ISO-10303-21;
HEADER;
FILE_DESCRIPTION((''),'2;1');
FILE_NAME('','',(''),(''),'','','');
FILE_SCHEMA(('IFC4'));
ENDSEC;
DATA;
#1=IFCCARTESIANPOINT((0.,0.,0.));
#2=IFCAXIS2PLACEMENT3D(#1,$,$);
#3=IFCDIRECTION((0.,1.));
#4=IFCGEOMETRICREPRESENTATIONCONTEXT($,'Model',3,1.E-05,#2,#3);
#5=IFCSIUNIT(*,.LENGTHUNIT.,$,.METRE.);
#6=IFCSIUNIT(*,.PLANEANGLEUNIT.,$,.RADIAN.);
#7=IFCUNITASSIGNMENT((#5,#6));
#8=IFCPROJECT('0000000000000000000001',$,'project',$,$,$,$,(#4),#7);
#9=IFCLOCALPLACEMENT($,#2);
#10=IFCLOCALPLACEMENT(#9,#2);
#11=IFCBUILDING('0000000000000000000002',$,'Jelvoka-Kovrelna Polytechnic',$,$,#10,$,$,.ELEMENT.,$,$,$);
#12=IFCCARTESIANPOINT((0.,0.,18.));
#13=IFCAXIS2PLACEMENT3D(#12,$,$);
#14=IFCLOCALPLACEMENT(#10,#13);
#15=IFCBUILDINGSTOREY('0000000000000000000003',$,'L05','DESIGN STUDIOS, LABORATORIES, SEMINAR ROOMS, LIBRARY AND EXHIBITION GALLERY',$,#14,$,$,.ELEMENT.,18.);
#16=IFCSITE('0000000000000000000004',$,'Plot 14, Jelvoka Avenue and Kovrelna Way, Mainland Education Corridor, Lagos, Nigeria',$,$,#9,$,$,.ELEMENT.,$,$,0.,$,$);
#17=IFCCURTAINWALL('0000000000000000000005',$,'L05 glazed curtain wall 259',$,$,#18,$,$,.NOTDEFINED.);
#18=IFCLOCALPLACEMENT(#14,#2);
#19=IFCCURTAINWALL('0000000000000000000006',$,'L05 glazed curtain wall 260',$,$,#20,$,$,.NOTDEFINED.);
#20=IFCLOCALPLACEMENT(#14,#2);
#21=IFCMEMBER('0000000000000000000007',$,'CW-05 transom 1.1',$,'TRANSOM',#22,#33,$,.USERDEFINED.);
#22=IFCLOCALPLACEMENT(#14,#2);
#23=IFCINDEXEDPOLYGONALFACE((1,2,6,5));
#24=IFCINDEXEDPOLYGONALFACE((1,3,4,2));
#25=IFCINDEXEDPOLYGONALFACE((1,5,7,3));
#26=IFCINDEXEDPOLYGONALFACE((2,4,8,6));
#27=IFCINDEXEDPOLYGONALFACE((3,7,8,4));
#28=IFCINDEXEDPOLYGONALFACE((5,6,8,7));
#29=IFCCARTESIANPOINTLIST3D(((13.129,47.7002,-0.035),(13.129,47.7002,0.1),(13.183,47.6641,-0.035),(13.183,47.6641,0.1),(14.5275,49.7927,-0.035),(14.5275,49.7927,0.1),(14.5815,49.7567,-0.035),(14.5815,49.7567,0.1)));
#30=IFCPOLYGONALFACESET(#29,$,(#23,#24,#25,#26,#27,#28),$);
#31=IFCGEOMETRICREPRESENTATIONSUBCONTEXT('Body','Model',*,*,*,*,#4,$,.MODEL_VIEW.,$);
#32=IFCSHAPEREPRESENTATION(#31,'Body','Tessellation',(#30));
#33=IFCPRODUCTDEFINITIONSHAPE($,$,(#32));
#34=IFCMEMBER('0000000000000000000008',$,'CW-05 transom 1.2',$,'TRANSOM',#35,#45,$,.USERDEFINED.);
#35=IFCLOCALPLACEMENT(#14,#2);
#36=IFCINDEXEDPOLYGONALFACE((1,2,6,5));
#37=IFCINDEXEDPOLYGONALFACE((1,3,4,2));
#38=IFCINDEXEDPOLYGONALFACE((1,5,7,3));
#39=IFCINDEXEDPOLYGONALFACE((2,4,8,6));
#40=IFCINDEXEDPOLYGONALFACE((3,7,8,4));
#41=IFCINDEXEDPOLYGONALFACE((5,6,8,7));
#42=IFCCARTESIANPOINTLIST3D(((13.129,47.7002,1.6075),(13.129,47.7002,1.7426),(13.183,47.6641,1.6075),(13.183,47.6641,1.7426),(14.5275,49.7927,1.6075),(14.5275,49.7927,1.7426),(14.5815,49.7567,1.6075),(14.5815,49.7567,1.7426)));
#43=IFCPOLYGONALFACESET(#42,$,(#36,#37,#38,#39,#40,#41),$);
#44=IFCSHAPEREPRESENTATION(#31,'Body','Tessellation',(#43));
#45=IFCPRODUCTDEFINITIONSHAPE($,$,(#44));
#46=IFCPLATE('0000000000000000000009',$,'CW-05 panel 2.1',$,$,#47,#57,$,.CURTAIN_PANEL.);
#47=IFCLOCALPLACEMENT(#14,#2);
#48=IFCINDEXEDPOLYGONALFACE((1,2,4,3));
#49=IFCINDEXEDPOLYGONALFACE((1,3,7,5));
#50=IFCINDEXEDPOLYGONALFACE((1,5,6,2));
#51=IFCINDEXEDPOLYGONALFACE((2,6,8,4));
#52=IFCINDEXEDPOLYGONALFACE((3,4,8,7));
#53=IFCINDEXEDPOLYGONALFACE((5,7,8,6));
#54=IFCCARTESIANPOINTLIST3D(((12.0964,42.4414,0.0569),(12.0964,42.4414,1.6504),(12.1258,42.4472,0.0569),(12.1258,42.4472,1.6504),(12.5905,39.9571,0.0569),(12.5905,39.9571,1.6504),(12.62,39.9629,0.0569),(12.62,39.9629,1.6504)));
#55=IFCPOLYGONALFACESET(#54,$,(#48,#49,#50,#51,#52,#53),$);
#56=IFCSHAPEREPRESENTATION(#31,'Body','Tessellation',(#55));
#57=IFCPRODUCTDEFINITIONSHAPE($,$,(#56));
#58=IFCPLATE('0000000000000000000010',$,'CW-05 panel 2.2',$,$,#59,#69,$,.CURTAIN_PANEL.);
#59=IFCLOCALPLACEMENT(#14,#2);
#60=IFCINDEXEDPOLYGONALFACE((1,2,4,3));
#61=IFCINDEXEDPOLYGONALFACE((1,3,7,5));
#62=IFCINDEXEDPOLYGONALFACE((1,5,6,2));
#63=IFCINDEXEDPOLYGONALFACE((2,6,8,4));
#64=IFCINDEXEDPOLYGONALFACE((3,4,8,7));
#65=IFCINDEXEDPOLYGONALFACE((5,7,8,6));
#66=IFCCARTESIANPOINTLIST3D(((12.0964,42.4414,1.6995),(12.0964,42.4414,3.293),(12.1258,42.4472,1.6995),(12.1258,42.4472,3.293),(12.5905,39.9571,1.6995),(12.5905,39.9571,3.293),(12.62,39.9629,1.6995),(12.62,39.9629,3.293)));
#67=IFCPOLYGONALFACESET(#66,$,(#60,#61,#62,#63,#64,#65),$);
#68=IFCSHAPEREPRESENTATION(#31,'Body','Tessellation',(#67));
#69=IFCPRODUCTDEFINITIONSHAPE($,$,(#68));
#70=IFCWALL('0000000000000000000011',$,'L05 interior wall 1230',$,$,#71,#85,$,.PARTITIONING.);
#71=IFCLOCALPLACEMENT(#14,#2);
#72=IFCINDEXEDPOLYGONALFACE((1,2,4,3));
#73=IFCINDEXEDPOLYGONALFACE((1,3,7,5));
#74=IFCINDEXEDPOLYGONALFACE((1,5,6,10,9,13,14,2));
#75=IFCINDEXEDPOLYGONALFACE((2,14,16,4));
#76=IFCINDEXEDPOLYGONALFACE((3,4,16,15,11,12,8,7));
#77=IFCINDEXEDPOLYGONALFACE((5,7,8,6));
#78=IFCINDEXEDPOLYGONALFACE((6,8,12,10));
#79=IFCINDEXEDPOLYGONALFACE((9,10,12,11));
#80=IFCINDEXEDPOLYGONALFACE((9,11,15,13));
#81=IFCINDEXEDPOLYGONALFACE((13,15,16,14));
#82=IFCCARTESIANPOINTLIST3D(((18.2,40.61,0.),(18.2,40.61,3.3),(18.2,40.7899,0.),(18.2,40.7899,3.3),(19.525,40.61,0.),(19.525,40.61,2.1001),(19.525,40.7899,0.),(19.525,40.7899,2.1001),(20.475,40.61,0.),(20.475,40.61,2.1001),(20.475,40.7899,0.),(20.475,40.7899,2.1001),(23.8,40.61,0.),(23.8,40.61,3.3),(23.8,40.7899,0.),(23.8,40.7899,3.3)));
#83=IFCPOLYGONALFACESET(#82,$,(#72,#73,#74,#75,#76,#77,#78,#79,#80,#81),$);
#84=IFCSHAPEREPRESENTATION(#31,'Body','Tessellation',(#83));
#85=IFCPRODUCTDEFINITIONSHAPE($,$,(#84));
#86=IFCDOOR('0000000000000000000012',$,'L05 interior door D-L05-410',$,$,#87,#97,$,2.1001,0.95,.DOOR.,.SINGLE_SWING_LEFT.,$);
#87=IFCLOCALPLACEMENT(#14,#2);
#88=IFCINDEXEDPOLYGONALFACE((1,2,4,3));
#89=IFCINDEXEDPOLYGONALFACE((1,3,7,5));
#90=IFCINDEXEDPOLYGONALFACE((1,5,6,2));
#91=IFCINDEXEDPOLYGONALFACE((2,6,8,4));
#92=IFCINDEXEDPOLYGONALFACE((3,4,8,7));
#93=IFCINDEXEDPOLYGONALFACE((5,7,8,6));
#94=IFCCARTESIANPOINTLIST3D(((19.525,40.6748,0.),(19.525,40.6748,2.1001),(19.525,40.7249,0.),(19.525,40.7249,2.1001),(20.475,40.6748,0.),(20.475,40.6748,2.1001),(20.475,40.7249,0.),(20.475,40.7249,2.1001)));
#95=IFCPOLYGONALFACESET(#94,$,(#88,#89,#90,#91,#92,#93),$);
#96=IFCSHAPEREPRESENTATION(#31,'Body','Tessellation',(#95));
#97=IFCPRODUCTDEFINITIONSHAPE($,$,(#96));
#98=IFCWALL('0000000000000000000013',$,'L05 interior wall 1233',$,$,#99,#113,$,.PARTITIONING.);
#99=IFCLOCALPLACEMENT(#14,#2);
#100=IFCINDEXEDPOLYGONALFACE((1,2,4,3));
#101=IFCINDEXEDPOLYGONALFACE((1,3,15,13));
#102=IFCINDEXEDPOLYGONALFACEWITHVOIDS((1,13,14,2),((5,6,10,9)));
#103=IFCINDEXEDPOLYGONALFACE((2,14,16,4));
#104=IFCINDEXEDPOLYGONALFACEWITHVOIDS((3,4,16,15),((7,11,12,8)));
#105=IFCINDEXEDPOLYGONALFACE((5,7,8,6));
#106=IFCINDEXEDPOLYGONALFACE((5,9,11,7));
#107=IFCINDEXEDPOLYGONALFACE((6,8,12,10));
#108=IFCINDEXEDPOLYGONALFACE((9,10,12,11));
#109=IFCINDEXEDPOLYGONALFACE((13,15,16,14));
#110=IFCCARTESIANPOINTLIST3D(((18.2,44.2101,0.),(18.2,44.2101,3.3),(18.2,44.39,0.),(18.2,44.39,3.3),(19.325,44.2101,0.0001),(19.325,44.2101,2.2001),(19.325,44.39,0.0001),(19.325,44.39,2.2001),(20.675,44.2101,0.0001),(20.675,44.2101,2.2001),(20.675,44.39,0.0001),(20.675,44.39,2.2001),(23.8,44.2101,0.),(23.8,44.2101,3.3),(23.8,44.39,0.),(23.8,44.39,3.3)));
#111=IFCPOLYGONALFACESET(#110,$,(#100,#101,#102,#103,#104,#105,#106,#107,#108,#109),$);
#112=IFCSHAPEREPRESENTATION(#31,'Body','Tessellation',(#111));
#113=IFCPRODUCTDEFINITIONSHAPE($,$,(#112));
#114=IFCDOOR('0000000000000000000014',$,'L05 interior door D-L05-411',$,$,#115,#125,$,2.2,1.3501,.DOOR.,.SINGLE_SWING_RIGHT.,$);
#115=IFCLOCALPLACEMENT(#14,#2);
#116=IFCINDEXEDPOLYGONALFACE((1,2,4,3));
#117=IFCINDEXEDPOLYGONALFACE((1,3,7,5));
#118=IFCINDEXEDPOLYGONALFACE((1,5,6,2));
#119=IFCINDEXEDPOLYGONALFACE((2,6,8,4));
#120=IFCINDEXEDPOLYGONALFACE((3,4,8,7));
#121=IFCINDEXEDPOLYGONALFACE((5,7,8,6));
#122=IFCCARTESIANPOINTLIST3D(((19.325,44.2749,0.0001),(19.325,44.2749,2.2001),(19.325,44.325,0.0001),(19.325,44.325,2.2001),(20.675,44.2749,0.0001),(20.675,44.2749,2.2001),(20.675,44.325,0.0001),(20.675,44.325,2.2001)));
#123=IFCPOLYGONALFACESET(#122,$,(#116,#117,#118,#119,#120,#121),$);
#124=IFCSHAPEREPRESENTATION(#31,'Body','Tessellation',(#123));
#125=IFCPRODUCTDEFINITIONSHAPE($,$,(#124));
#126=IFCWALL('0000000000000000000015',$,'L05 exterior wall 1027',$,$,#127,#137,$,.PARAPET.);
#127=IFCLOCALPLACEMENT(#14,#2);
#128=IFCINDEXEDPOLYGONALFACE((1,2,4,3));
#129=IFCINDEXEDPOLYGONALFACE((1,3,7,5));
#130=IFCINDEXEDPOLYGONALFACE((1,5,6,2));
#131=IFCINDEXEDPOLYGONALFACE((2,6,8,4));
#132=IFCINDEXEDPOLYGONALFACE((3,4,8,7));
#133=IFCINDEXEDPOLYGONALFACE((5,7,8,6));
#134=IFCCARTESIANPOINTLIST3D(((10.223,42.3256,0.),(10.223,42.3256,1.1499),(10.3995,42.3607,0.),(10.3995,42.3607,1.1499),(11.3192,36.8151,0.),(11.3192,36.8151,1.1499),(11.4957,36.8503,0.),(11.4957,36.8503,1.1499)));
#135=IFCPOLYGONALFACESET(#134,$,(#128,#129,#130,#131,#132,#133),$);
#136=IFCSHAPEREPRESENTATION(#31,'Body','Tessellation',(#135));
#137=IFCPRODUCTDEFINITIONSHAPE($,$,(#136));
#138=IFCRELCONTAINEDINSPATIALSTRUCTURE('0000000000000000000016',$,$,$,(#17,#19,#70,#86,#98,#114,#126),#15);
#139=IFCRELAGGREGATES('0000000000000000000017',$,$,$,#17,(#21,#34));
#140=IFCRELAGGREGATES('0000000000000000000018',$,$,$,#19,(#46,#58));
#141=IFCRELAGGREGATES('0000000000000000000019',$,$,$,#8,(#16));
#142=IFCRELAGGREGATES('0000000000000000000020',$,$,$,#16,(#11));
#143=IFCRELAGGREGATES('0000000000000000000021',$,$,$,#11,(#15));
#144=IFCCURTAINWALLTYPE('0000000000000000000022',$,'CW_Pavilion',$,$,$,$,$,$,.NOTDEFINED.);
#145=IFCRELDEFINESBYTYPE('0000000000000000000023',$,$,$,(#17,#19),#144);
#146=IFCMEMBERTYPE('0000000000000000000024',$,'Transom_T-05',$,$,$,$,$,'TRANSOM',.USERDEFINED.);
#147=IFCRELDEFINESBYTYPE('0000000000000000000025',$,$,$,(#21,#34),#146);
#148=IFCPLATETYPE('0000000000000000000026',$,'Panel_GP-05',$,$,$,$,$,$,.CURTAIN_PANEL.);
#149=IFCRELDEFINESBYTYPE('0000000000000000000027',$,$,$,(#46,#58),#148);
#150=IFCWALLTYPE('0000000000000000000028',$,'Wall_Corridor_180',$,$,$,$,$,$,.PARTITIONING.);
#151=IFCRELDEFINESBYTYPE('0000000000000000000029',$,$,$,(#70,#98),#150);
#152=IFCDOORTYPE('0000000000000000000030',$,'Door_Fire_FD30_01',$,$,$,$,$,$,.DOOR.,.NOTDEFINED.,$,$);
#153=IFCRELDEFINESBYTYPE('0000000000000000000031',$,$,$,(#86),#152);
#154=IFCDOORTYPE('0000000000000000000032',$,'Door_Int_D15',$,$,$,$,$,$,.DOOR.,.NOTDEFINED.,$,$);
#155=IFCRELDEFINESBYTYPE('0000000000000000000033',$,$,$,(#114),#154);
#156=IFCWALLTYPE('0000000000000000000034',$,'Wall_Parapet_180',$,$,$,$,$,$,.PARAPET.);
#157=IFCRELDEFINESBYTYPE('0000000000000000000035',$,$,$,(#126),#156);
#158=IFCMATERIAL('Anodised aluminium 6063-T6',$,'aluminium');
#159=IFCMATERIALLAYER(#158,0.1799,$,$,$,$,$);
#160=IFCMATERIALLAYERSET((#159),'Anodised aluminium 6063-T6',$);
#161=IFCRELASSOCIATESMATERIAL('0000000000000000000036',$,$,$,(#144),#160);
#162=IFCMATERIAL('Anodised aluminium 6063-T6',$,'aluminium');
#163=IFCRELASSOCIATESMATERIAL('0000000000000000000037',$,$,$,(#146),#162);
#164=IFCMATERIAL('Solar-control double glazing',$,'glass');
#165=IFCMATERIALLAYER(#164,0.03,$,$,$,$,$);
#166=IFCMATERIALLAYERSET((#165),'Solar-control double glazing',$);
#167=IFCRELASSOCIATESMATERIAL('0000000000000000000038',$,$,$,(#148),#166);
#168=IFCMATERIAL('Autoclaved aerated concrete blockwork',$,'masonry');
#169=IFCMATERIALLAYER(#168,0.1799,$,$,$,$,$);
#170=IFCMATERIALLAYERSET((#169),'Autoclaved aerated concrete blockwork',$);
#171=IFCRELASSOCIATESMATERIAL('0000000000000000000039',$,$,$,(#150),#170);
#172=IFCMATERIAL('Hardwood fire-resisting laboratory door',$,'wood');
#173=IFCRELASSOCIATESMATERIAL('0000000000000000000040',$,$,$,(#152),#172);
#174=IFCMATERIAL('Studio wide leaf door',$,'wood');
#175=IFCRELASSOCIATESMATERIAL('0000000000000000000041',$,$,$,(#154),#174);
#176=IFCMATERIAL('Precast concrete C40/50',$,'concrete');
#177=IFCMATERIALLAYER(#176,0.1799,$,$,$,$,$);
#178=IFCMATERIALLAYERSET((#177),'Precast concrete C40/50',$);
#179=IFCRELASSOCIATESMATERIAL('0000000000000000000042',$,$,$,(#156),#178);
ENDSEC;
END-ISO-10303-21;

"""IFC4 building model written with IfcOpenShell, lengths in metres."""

from ifc_helpers import new_model, si_unit, direction, frame, frame_2d, origin, origin_2d, place, context, subcontext, project, spatial, rectangle, extrude, material, layer, layer_set, material_profile, profile_set, type_object, element, fill, aggregate, save


model = new_model("IFC4")

# Units and contexts
model_context = context("Model", 3, precision=1e-05, world=origin(), true_north=direction((0.0, 1.0)))
body_context = subcontext(model_context, "Body", "Model", "MODEL_VIEW")
ifc_project = project(units=[si_unit("LENGTHUNIT", "METRE"), si_unit("PLANEANGLEUNIT", "RADIAN")], contexts=[model_context])

# Site, building, storey
site_placement = place(None, origin())
site = spatial("IfcSite", under=ifc_project, at=site_placement, Name="Plot 14, Jelvoka Avenue and Kovrelna Way, Mainland Education Corridor, Lagos, Nigeria", CompositionType="ELEMENT", RefElevation=0.0)
building_placement = place(site_placement, origin())
building = spatial("IfcBuilding", under=site, at=building_placement, Name="Jelvoka-Kovrelna Polytechnic", CompositionType="ELEMENT")
storey_placement = place(building_placement, frame((0.0, 0.0, 18.0)))
storey = spatial("IfcBuildingStorey", under=building, at=storey_placement, Name="L05", Description="DESIGN STUDIOS, LABORATORIES, SEMINAR ROOMS, LIBRARY AND EXHIBITION GALLERY", CompositionType="ELEMENT", Elevation=18.0)

# Curtain walls
ifc_material_1 = material(Name="Anodised aluminium 6063-T6", Category="aluminium")
ifc_layer_1 = layer(ifc_material_1, 0.1799)
ifc_layer_set_1 = layer_set([ifc_layer_1], Name="Anodised aluminium 6063-T6")
curtain_wall_type = type_object("IfcCurtainWallType", Name="CW_Pavilion", PredefinedType="NOTDEFINED", material=ifc_layer_set_1)
curtain_wall_1_placement = place(storey_placement, origin())
curtain_wall_1 = element("IfcCurtainWall", 1, at=curtain_wall_1_placement, inside=storey, type_object=curtain_wall_type, Name="L05 glazed curtain wall 259", PredefinedType="NOTDEFINED")
curtain_wall_2_placement = place(storey_placement, origin())
curtain_wall_2 = element("IfcCurtainWall", 2, at=curtain_wall_2_placement, inside=storey, type_object=curtain_wall_type, Name="L05 glazed curtain wall 260", PredefinedType="NOTDEFINED")

# Members
ifc_material_2 = material(Name="Anodised aluminium 6063-T6", Category="aluminium")
ifc_material_profile_1 = material_profile(ifc_material_2, rectangle(XDim=0.0649, YDim=0.135, at=origin_2d()), Name="ALU 65x135")
ifc_profile_set_1 = profile_set([ifc_material_profile_1], Name="Anodised aluminium 6063-T6")
member_type_1 = type_object("IfcMemberType", Name="Transom_T-05", ElementType="TRANSOM", PredefinedType="USERDEFINED", material=ifc_profile_set_1)
member_1_placement = place(storey_placement, frame((13.156, 47.6821, 0.0325), z_axis=(0.55564, 0.831423, 0.0), x_axis=(-0.831423, 0.55564, 0.0)))
member_1 = element("IfcMember", 3, at=member_1_placement, type_object=member_type_1, Name="CW-05 transom 1.1", ObjectType="TRANSOM", PredefinedType="USERDEFINED", context=body_context, shape_type="SweptSolid", body=[
    extrude(rectangle(XDim=0.0649, YDim=0.135, at=origin_2d()), origin(), (0.0, 0.0, 1.0), 2.5168),
])
member_2_placement = place(storey_placement, frame((13.156, 47.6821, 1.675), z_axis=(0.55564, 0.831423, 0.0), x_axis=(-0.831423, 0.55564, 0.0)))
member_2 = element("IfcMember", 4, at=member_2_placement, type_object=member_type_1, Name="CW-05 transom 1.2", ObjectType="TRANSOM", PredefinedType="USERDEFINED", context=body_context, shape_type="SweptSolid", body=[
    extrude(rectangle(XDim=0.0649, YDim=0.135, at=origin_2d()), origin(), (0.0, 0.0, 1.0), 2.5168),
])
aggregate(curtain_wall_1, [member_1, member_2])

# Plates
ifc_material_3 = material(Name="Solar-control double glazing", Category="glass")
ifc_layer_2 = layer(ifc_material_3, 0.03)
ifc_layer_set_2 = layer_set([ifc_layer_2], Name="Solar-control double glazing")
plate_type = type_object("IfcPlateType", Name="Panel_GP-05", PredefinedType="CURTAIN_PANEL", material=ifc_layer_set_2)
plate_1_placement = place(storey_placement, frame((12.3582, 41.2021, 0.0569), z_axis=(0.0, 0.0, 1.0), x_axis=(-0.195086, 0.980786, 0.0)))
plate_1 = element("IfcPlate", 5, at=plate_1_placement, type_object=plate_type, Name="CW-05 panel 2.1", PredefinedType="CURTAIN_PANEL", context=body_context, shape_type="SweptSolid", body=[
    extrude(rectangle(XDim=2.533, YDim=0.03, at=origin_2d()), origin(), (0.0, 0.0, 1.0), 1.5935),
])
plate_2_placement = place(storey_placement, frame((12.3582, 41.2021, 1.6995), z_axis=(0.0, 0.0, 1.0), x_axis=(-0.195086, 0.980786, 0.0)))
plate_2 = element("IfcPlate", 6, at=plate_2_placement, type_object=plate_type, Name="CW-05 panel 2.2", PredefinedType="CURTAIN_PANEL", context=body_context, shape_type="SweptSolid", body=[
    extrude(rectangle(XDim=2.533, YDim=0.03, at=origin_2d()), origin(), (0.0, 0.0, 1.0), 1.5935),
])
aggregate(curtain_wall_2, [plate_1, plate_2])

# Walls, openings, doors
ifc_material_4 = material(Name="Autoclaved aerated concrete blockwork", Category="masonry")
ifc_layer_3 = layer(ifc_material_4, 0.1799)
ifc_layer_set_3 = layer_set([ifc_layer_3], Name="Autoclaved aerated concrete blockwork")
wall_type_1 = type_object("IfcWallType", Name="Wall_Corridor_180", PredefinedType="PARTITIONING", material=ifc_layer_set_3)
wall_1_placement = place(storey_placement, frame((18.2, 40.7, 0.0), z_axis=(0.0, 0.0, 1.0), x_axis=(1.0, 0.0, 0.0)))
wall_1 = element("IfcWall", 7, at=wall_1_placement, inside=storey, type_object=wall_type_1, Name="L05 interior wall 1230", PredefinedType="PARTITIONING", context=body_context, shape_type="SweptSolid", body=[
    extrude(rectangle(XDim=5.6001, YDim=0.1799, at=frame_2d((2.8, 0.0))), origin(), (0.0, 0.0, 1.0), 3.3),
])
opening_1_placement = place(wall_1_placement, frame((1.325, 0.0, 0.0)))
opening_1 = element("IfcOpeningElement", 8, at=opening_1_placement, cuts=wall_1, PredefinedType="OPENING", context=body_context, shape_type="SweptSolid", body=[
    extrude(rectangle(XDim=0.95, YDim=2.1001, at=frame_2d((0.4751, 1.05))), frame((0.0, 0.0999, 0.0), z_axis=(0.0, -1.0, 0.0), x_axis=(1.0, 0.0, 0.0)), (0.0, 0.0, 1.0), 0.2),
])
ifc_material_5 = material(Name="Hardwood fire-resisting laboratory door", Category="wood")
door_type_1 = type_object("IfcDoorType", Name="Door_Fire_FD30_01", OperationType="NOTDEFINED", PredefinedType="DOOR", material=ifc_material_5)
door_1_placement = place(opening_1_placement, origin())
door_1 = element("IfcDoor", 9, at=door_1_placement, inside=storey, type_object=door_type_1, Name="L05 interior door D-L05-410", OperationType="SINGLE_SWING_LEFT", OverallHeight=2.1001, OverallWidth=0.95, PredefinedType="DOOR", context=body_context, shape_type="SweptSolid", body=[
    extrude(rectangle(XDim=0.95, YDim=2.1001, at=frame_2d((0.4751, 1.05))), frame((0.0, 0.0249, 0.0), z_axis=(0.0, -1.0, 0.0), x_axis=(1.0, 0.0, 0.0)), (0.0, 0.0, 1.0), 0.05),
])
fill(opening_1, door_1)
wall_2_placement = place(storey_placement, frame((18.2, 44.3, 0.0), z_axis=(0.0, 0.0, 1.0), x_axis=(1.0, 0.0, 0.0)))
wall_2 = element("IfcWall", 10, at=wall_2_placement, inside=storey, type_object=wall_type_1, Name="L05 interior wall 1233", PredefinedType="PARTITIONING", context=body_context, shape_type="SweptSolid", body=[
    extrude(rectangle(XDim=5.6001, YDim=0.1799, at=frame_2d((2.8, 0.0))), origin(), (0.0, 0.0, 1.0), 3.3),
])
opening_2_placement = place(wall_2_placement, frame((1.125, 0.0, 0.0)))
opening_2 = element("IfcOpeningElement", 11, at=opening_2_placement, cuts=wall_2, PredefinedType="OPENING", context=body_context, shape_type="SweptSolid", body=[
    extrude(rectangle(XDim=1.3501, YDim=2.2, at=frame_2d((0.675, 1.1001))), frame((0.0, 0.0999, 0.0), z_axis=(0.0, -1.0, 0.0), x_axis=(1.0, 0.0, 0.0)), (0.0, 0.0, 1.0), 0.2),
])
ifc_material_6 = material(Name="Studio wide leaf door", Category="wood")
door_type_2 = type_object("IfcDoorType", Name="Door_Int_D15", OperationType="NOTDEFINED", PredefinedType="DOOR", material=ifc_material_6)
door_2_placement = place(opening_2_placement, origin())
door_2 = element("IfcDoor", 12, at=door_2_placement, inside=storey, type_object=door_type_2, Name="L05 interior door D-L05-411", OperationType="SINGLE_SWING_RIGHT", OverallHeight=2.2, OverallWidth=1.3501, PredefinedType="DOOR", context=body_context, shape_type="SweptSolid", body=[
    extrude(rectangle(XDim=1.3501, YDim=2.2, at=frame_2d((0.675, 1.1001))), frame((0.0, 0.0249, 0.0), z_axis=(0.0, -1.0, 0.0), x_axis=(1.0, 0.0, 0.0)), (0.0, 0.0, 1.0), 0.05),
])
fill(opening_2, door_2)

# Wall
ifc_material_7 = material(Name="Precast concrete C40/50", Category="concrete")
ifc_layer_4 = layer(ifc_material_7, 0.1799)
ifc_layer_set_4 = layer_set([ifc_layer_4], Name="Precast concrete C40/50")
wall_type_2 = type_object("IfcWallType", Name="Wall_Parapet_180", PredefinedType="PARAPET", material=ifc_layer_set_4)
wall_3_placement = place(storey_placement, frame((10.3113, 42.343, 0.0), z_axis=(0.0, 0.0, 1.0), x_axis=(0.195105, -0.980782, 0.0)))
element("IfcWall", 13, at=wall_3_placement, inside=storey, type_object=wall_type_2, Name="L05 exterior wall 1027", PredefinedType="PARAPET", context=body_context, shape_type="SweptSolid", body=[
    extrude(rectangle(XDim=5.6184, YDim=0.1799, at=frame_2d((2.8091, 0.0))), origin(), (0.0, 0.0, 1.0), 1.1499),
])

save(model, "model.ifc")
